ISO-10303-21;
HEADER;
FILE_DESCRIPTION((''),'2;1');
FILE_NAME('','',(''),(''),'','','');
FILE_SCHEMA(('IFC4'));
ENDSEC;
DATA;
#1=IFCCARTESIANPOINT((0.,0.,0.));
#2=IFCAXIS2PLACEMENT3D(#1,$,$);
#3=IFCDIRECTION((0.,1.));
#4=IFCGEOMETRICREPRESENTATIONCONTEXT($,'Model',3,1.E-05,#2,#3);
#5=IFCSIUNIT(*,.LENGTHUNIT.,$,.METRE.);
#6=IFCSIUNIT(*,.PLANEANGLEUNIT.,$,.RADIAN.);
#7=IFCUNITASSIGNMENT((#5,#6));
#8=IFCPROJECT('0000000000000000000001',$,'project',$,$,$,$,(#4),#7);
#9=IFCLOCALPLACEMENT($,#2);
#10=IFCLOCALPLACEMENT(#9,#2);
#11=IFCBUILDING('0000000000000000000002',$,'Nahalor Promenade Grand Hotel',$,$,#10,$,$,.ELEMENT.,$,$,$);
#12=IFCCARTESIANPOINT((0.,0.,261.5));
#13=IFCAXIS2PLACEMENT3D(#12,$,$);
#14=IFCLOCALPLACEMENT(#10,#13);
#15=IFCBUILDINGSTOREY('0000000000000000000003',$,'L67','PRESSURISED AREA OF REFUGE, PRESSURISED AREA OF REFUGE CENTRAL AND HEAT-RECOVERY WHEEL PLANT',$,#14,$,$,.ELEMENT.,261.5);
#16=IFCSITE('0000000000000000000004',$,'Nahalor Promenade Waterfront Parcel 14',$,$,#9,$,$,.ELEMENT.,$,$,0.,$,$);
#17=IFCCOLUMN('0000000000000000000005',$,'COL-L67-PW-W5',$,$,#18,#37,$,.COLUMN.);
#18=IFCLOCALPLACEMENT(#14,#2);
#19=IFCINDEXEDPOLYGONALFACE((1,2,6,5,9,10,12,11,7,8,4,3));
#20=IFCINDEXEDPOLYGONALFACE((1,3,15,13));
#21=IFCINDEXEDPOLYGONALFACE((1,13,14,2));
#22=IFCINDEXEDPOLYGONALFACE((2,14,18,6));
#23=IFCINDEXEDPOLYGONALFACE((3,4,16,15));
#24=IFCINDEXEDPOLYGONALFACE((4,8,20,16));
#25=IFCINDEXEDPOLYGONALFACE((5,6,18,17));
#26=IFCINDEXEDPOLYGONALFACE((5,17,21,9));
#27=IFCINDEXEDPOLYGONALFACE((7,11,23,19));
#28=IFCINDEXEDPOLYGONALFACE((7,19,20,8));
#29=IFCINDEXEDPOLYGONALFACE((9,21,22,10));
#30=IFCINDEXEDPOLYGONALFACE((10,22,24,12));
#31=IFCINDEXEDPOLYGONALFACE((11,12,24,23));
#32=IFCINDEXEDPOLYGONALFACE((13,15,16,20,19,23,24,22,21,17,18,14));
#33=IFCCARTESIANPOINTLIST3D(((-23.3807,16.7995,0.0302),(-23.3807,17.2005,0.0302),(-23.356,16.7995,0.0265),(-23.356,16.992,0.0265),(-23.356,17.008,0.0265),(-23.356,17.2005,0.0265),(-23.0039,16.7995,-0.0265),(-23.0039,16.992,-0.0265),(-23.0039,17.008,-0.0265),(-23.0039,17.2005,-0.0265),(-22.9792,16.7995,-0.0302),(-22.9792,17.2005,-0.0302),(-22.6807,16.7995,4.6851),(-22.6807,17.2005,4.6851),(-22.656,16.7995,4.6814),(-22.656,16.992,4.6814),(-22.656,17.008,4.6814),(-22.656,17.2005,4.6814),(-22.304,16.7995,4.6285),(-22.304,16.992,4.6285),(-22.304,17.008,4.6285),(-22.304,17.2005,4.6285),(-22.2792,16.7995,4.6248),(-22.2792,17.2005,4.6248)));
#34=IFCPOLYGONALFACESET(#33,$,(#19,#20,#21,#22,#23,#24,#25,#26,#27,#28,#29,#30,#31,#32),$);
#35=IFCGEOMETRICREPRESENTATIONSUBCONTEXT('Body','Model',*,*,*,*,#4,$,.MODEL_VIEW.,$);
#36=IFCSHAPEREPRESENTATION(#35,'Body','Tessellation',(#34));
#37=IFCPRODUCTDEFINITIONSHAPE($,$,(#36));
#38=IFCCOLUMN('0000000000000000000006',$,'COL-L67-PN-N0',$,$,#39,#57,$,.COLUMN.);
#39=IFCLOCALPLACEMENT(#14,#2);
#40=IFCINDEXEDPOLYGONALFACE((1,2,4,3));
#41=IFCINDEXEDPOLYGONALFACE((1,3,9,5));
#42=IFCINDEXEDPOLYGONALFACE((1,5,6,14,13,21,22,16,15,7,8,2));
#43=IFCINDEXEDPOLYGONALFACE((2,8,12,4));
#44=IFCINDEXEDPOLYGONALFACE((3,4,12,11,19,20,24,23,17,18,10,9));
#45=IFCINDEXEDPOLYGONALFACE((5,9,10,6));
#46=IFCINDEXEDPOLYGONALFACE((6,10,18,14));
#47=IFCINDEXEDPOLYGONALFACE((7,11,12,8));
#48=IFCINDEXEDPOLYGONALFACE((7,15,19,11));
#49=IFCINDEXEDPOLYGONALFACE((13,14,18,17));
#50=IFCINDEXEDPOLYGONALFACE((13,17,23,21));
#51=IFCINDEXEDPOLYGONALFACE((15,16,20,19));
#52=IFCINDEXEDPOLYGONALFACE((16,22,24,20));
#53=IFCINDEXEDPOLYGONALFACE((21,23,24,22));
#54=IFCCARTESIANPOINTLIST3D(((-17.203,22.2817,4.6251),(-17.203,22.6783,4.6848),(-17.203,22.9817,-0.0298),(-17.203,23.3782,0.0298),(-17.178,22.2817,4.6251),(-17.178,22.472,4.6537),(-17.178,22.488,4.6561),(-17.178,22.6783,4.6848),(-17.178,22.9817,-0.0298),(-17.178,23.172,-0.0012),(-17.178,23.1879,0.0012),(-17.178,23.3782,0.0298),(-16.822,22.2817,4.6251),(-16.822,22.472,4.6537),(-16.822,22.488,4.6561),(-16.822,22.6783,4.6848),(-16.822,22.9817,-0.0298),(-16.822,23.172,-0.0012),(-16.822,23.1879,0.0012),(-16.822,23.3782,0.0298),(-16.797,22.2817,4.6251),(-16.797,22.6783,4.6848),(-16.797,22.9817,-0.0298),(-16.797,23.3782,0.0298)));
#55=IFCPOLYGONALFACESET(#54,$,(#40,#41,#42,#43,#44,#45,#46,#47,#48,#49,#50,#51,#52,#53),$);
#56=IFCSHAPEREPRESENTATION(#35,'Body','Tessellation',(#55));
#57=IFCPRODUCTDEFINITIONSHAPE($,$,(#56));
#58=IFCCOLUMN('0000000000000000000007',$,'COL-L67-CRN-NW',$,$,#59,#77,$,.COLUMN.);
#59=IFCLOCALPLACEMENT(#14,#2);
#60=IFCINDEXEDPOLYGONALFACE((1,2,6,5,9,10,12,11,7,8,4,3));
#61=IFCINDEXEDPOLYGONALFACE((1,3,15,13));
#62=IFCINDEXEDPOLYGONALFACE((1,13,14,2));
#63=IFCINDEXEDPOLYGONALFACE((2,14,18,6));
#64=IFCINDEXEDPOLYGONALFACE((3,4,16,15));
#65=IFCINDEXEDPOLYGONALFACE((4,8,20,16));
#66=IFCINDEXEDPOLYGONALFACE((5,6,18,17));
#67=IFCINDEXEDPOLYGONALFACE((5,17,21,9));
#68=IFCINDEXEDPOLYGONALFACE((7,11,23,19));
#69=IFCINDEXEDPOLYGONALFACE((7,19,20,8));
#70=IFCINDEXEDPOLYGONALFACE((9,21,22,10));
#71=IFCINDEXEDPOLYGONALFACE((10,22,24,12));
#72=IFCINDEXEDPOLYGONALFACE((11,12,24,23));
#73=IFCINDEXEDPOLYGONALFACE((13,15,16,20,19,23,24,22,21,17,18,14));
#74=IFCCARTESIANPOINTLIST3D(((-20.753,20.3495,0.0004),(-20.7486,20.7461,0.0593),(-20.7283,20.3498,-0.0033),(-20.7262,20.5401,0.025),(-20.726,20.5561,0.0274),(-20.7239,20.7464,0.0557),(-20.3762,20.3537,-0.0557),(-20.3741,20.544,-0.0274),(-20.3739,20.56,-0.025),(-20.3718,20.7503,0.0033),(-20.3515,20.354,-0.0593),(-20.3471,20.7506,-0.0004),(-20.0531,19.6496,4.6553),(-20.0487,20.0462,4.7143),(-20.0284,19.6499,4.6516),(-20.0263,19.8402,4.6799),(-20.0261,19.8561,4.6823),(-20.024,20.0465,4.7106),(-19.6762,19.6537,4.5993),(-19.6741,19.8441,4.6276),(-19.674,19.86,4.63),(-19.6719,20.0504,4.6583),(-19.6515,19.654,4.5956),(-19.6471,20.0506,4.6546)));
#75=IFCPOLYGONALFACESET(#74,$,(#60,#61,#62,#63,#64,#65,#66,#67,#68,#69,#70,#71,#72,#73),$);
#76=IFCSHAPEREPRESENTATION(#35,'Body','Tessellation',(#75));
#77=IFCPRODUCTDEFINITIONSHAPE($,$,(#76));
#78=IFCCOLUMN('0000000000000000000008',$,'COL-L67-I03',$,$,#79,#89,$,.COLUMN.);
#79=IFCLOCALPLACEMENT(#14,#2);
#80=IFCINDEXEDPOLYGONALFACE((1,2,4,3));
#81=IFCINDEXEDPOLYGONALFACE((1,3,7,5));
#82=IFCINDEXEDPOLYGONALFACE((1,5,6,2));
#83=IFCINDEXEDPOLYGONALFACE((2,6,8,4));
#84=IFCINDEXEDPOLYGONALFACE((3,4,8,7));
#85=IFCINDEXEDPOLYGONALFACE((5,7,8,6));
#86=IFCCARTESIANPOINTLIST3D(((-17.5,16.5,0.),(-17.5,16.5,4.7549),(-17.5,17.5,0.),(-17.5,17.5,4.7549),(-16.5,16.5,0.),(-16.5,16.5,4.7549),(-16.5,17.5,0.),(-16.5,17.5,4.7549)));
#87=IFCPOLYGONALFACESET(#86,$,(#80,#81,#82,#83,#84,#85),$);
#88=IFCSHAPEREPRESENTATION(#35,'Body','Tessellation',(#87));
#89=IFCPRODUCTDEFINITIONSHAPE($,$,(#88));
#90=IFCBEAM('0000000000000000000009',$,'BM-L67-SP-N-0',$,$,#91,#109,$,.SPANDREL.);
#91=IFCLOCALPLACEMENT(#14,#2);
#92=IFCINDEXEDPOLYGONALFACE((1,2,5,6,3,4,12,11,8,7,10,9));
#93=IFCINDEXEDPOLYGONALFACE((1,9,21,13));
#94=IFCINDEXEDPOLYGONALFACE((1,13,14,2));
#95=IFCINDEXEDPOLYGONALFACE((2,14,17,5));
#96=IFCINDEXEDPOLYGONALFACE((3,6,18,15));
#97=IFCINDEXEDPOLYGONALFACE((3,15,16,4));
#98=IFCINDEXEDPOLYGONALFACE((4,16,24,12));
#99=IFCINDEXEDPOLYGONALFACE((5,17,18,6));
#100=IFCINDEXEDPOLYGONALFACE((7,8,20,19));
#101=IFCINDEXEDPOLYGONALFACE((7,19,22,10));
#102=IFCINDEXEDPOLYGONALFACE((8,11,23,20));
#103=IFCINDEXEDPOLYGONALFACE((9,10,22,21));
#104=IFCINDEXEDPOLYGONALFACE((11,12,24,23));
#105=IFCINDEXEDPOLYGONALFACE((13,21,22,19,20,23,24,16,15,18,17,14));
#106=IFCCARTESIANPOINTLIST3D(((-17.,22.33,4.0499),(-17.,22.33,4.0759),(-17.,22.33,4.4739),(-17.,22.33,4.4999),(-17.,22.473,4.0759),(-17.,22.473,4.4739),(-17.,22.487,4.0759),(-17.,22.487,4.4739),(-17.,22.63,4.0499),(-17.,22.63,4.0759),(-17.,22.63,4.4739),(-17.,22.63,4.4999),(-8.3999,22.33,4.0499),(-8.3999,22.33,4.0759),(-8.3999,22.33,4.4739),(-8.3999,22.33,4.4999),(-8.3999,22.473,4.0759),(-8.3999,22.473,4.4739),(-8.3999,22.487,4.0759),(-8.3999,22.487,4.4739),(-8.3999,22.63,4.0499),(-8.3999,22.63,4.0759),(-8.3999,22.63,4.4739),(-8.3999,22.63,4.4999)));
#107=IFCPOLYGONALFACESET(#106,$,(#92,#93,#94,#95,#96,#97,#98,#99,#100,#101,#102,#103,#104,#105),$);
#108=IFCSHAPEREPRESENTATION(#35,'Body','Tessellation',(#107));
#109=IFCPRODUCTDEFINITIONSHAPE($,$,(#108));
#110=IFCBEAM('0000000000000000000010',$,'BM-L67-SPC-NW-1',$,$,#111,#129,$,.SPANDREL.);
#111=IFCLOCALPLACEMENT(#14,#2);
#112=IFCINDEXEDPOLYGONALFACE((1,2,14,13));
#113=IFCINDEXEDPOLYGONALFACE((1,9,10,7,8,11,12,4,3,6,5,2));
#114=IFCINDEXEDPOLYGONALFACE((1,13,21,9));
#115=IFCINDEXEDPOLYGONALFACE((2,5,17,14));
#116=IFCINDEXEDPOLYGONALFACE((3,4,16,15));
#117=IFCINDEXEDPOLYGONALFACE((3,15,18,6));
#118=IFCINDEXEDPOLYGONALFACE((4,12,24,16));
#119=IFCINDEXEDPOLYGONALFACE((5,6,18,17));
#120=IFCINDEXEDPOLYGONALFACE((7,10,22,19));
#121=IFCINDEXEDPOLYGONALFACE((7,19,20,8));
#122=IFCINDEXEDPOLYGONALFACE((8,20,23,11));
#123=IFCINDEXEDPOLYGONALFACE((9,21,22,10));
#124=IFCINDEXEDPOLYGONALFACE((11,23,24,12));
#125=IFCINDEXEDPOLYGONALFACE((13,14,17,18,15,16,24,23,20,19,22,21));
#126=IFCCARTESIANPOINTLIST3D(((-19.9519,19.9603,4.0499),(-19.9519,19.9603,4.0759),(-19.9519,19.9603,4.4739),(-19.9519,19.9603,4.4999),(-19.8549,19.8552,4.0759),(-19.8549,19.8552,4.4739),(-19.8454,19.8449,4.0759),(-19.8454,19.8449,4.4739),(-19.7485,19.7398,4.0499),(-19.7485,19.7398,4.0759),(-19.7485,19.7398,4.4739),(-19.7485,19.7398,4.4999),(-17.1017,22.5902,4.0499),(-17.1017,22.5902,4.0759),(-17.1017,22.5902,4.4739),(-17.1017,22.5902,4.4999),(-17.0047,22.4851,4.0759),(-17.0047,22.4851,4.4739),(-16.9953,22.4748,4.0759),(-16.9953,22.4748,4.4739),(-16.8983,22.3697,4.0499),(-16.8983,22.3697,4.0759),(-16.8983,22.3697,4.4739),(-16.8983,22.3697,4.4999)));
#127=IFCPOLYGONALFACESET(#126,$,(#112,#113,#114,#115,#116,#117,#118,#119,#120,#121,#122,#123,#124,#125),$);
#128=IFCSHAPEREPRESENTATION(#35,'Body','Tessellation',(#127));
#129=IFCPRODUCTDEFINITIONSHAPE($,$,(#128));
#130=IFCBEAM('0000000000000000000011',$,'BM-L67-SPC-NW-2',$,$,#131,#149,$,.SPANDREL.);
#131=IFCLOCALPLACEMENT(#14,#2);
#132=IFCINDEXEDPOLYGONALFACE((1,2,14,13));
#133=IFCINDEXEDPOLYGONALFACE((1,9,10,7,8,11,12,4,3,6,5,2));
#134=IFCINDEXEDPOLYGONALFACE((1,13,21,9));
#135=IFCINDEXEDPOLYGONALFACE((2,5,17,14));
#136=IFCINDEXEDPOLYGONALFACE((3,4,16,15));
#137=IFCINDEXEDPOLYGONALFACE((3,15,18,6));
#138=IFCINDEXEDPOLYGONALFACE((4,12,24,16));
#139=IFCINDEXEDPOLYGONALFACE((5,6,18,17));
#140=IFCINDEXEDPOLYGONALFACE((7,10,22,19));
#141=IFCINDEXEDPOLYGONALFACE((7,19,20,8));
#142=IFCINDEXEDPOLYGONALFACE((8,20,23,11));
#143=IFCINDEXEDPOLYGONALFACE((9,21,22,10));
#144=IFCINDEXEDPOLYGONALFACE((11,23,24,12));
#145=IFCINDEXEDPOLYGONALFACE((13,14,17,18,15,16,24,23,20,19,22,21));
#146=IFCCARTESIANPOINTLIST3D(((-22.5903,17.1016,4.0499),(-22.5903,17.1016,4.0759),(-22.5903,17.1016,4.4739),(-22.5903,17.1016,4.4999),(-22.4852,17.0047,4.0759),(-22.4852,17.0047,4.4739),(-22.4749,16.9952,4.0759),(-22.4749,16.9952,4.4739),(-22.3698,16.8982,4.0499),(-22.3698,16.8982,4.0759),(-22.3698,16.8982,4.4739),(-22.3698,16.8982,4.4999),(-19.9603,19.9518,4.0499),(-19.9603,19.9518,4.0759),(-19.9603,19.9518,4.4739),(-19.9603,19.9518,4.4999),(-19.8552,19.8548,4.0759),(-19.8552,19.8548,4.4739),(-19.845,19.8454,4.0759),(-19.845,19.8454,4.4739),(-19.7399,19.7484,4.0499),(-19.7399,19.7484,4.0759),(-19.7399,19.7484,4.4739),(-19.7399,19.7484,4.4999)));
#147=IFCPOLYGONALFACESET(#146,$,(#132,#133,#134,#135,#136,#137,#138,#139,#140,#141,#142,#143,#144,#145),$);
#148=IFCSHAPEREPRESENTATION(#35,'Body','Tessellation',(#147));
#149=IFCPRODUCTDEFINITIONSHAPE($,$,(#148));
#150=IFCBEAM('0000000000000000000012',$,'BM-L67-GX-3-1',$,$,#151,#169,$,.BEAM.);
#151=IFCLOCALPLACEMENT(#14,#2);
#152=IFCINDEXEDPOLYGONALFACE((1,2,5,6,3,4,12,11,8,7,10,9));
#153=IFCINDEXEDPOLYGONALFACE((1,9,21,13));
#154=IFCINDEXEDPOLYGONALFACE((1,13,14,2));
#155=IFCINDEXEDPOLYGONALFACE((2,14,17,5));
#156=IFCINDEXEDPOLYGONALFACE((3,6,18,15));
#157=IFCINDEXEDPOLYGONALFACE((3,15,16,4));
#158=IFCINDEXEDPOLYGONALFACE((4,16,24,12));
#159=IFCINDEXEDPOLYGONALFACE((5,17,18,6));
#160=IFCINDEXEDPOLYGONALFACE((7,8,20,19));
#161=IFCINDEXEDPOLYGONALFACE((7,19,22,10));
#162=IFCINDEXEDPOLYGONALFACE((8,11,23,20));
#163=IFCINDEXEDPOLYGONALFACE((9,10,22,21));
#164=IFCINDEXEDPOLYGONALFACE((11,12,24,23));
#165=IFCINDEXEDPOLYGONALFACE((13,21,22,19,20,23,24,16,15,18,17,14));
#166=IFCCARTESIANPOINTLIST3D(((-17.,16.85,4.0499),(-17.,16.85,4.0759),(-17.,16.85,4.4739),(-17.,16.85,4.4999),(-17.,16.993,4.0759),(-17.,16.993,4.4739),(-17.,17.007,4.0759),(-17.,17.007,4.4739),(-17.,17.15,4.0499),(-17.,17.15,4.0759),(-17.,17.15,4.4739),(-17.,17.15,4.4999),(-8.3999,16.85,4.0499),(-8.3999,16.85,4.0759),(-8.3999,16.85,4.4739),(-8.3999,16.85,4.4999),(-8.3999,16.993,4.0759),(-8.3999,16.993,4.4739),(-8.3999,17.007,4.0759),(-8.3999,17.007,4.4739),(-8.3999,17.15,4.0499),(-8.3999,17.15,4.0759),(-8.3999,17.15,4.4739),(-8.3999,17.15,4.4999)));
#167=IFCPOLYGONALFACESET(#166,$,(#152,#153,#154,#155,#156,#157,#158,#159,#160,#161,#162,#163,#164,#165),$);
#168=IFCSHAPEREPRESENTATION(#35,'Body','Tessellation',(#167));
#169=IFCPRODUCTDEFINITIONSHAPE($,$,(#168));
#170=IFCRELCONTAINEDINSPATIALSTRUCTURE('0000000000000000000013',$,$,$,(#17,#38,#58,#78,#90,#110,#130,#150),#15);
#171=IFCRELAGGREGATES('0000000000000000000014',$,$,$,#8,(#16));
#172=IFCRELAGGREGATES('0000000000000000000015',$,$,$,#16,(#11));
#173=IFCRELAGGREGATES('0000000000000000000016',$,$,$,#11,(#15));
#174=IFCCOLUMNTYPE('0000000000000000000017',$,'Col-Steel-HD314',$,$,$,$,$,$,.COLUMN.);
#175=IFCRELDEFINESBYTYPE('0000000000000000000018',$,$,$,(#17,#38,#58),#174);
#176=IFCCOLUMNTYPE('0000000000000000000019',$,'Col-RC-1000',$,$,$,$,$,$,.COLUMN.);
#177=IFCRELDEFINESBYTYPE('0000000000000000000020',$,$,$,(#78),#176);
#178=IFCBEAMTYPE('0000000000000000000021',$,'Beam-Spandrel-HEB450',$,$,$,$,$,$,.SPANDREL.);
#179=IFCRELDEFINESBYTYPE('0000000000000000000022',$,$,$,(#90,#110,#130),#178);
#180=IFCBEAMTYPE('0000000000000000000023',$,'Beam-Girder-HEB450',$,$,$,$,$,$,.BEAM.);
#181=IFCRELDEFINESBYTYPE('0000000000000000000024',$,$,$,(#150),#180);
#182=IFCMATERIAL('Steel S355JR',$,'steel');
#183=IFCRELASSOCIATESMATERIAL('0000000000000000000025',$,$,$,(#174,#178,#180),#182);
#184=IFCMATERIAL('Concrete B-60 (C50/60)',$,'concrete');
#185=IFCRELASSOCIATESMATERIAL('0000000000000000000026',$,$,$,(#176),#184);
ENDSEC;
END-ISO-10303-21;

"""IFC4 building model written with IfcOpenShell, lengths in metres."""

from ifc_helpers import new_model, si_unit, direction, frame, origin, origin_2d, place, context, subcontext, project, spatial, rectangle, i_section, extrude, source, transform, mapped, material, material_profile, profile_set, type_object, element, save


model = new_model("IFC4")

# Units and contexts
model_context = context("Model", 3, precision=1e-05, world=origin(), true_north=direction((0.0, 1.0)))
body_context = subcontext(model_context, "Body", "Model", "MODEL_VIEW")
ifc_project = project(units=[si_unit("LENGTHUNIT", "METRE"), si_unit("PLANEANGLEUNIT", "RADIAN")], contexts=[model_context])

# Site, building, storey
site_placement = place(None, origin())
site = spatial("IfcSite", under=ifc_project, at=site_placement, Name="Nahalor Promenade Waterfront Parcel 14", CompositionType="ELEMENT", RefElevation=0.0)
building_placement = place(site_placement, origin())
building = spatial("IfcBuilding", under=site, at=building_placement, Name="Nahalor Promenade Grand Hotel", CompositionType="ELEMENT")
storey_placement = place(building_placement, frame((0.0, 0.0, 261.5)))
storey = spatial("IfcBuildingStorey", under=building, at=storey_placement, Name="L67", Description="PRESSURISED AREA OF REFUGE, PRESSURISED AREA OF REFUGE CENTRAL AND HEAT-RECOVERY WHEEL PLANT", CompositionType="ELEMENT", Elevation=261.5)

# Columns
ifc_material_1 = material(Name="Steel S355JR", Category="steel")
ifc_material_profile_1 = material_profile(ifc_material_1, i_section(OverallWidth=0.401, OverallDepth=0.406, WebThickness=0.0161, FlangeThickness=0.025, at=origin_2d()), Name="HD 400x314")
ifc_profile_set_1 = profile_set([ifc_material_profile_1], Name="Steel S355JR")
column_type_1 = type_object("IfcColumnType", Name="Col-Steel-HD314", PredefinedType="COLUMN", material=ifc_profile_set_1)
shared_shape_1 = source(origin(), body_context, "Body", "SweptSolid", [
    extrude(i_section(OverallWidth=0.401, OverallDepth=0.406, WebThickness=0.0161, FlangeThickness=0.025, at=origin_2d()), origin(), (0.0, 0.0, 1.0), 4.7073),
])
for number, where, z_axis, x_axis, name in (
    (1, (-23.1799, 17.0, 0.0), (0.148693, 0.0, 0.988883), (0.0, 1.0, 0.0), "COL-L67-PW-W5"),
    (2, (-17.0, 23.1799, 0.0), (0.0, -0.148693, 0.988883), (0.0, 0.988883, 0.148693), "COL-L67-PN-N0"),
):
    element("IfcColumn", number, at=place(storey_placement, frame(where, z_axis=z_axis, x_axis=x_axis)), inside=storey, type_object=column_type_1, Name=name, PredefinedType="COLUMN", context=body_context, shape_type="MappedRepresentation", body=[
        mapped(shared_shape_1, transform((0.0, 0.0, 0.0), scale=1.0)),
    ])
shared_shape_2 = source(origin(), body_context, "Body", "SweptSolid", [
    extrude(i_section(OverallWidth=0.401, OverallDepth=0.406, WebThickness=0.0161, FlangeThickness=0.025, at=origin_2d()), origin(), (0.0, 0.0, 1.0), 4.759),
])
column_1_placement = place(storey_placement, frame((-20.55, 20.55, 0.0), z_axis=(0.147076, -0.147076, 0.97813), x_axis=(0.010935, 0.989065, 0.147076)))
element("IfcColumn", 3, at=column_1_placement, inside=storey, type_object=column_type_1, Name="COL-L67-CRN-NW", PredefinedType="COLUMN", context=body_context, shape_type="MappedRepresentation", body=[
    mapped(shared_shape_2, transform((0.0, 0.0, 0.0), scale=1.0)),
])
ifc_material_2 = material(Name="Concrete B-60 (C50/60)", Category="concrete")
ifc_material_profile_2 = material_profile(ifc_material_2, rectangle(XDim=1.0, YDim=1.0, at=origin_2d()), Name="RC 1000x1000")
ifc_profile_set_2 = profile_set([ifc_material_profile_2], Name="Concrete B-60 (C50/60)")
column_type_2 = type_object("IfcColumnType", Name="Col-RC-1000", PredefinedType="COLUMN", material=ifc_profile_set_2)
shared_shape_3 = source(origin(), body_context, "Body", "SweptSolid", [
    extrude(rectangle(XDim=1.0, YDim=1.0, at=origin_2d()), origin(), (0.0, 0.0, 1.0), 4.7549),
])
column_2_placement = place(storey_placement, frame((-17.0, 17.0, 0.0), z_axis=(0.0, 0.0, 1.0), x_axis=(1.0, 0.0, 0.0)))
element("IfcColumn", 4, at=column_2_placement, inside=storey, type_object=column_type_2, Name="COL-L67-I03", PredefinedType="COLUMN", context=body_context, shape_type="MappedRepresentation", body=[
    mapped(shared_shape_3, transform((0.0, 0.0, 0.0), scale=1.0)),
])

# Beams
ifc_material_profile_3 = material_profile(ifc_material_1, i_section(OverallWidth=0.3, OverallDepth=0.45, WebThickness=0.014, FlangeThickness=0.026, at=origin_2d()), Name="HEB 450")
ifc_profile_set_3 = profile_set([ifc_material_profile_3], Name="Steel S355JR")
beam_type_1 = type_object("IfcBeamType", Name="Beam-Spandrel-HEB450", PredefinedType="SPANDREL", material=ifc_profile_set_3)
shared_shape_4 = source(origin(), body_context, "Body", "SweptSolid", [
    extrude(i_section(OverallWidth=0.3, OverallDepth=0.45, WebThickness=0.014, FlangeThickness=0.026, at=origin_2d()), origin(), (0.0, 0.0, 1.0), 8.6001),
])
beam_1_placement = place(storey_placement, frame((-17.0, 22.48, 4.2749), z_axis=(1.0, 0.0, 0.0), x_axis=(0.0, 1.0, 0.0)))
element("IfcBeam", 5, at=beam_1_placement, inside=storey, type_object=beam_type_1, Name="BM-L67-SP-N-0", PredefinedType="SPANDREL", context=body_context, shape_type="MappedRepresentation", body=[
    mapped(shared_shape_4, transform((0.0, 0.0, 0.0), scale=1.0)),
])
shared_shape_5 = source(origin(), body_context, "Body", "SweptSolid", [
    extrude(i_section(OverallWidth=0.3, OverallDepth=0.45, WebThickness=0.014, FlangeThickness=0.026, at=origin_2d()), origin(), (0.0, 0.0, 1.0), 3.8782),
])
for number, where, z_axis, x_axis, name in (
    (6, (-17.0, 22.48, 4.2749), (-0.734929, -0.678144, 0.0), (0.678144, -0.734929, 0.0), "BM-L67-SPC-NW-1"),
    (7, (-19.8501, 19.8501, 4.2749), (-0.678144, -0.734929, 0.0), (0.734929, -0.678144, 0.0), "BM-L67-SPC-NW-2"),
):
    element("IfcBeam", number, at=place(storey_placement, frame(where, z_axis=z_axis, x_axis=x_axis)), inside=storey, type_object=beam_type_1, Name=name, PredefinedType="SPANDREL", context=body_context, shape_type="MappedRepresentation", body=[
        mapped(shared_shape_5, transform((0.0, 0.0, 0.0), scale=1.0)),
    ])
ifc_material_profile_4 = material_profile(ifc_material_1, i_section(OverallWidth=0.3, OverallDepth=0.45, WebThickness=0.014, FlangeThickness=0.026, at=origin_2d()), Name="HEB 450")
ifc_profile_set_4 = profile_set([ifc_material_profile_4], Name="Steel S355JR")
beam_type_2 = type_object("IfcBeamType", Name="Beam-Girder-HEB450", PredefinedType="BEAM", material=ifc_profile_set_4)
shared_shape_6 = source(origin(), body_context, "Body", "SweptSolid", [
    extrude(i_section(OverallWidth=0.3, OverallDepth=0.45, WebThickness=0.014, FlangeThickness=0.026, at=origin_2d()), origin(), (0.0, 0.0, 1.0), 8.6001),
])
beam_2_placement = place(storey_placement, frame((-17.0, 17.0, 4.2749), z_axis=(1.0, 0.0, 0.0), x_axis=(0.0, 1.0, 0.0)))
element("IfcBeam", 8, at=beam_2_placement, inside=storey, type_object=beam_type_2, Name="BM-L67-GX-3-1", PredefinedType="BEAM", context=body_context, shape_type="MappedRepresentation", body=[
    mapped(shared_shape_6, transform((0.0, 0.0, 0.0), scale=1.0)),
])

save(model, "model.ifc")
